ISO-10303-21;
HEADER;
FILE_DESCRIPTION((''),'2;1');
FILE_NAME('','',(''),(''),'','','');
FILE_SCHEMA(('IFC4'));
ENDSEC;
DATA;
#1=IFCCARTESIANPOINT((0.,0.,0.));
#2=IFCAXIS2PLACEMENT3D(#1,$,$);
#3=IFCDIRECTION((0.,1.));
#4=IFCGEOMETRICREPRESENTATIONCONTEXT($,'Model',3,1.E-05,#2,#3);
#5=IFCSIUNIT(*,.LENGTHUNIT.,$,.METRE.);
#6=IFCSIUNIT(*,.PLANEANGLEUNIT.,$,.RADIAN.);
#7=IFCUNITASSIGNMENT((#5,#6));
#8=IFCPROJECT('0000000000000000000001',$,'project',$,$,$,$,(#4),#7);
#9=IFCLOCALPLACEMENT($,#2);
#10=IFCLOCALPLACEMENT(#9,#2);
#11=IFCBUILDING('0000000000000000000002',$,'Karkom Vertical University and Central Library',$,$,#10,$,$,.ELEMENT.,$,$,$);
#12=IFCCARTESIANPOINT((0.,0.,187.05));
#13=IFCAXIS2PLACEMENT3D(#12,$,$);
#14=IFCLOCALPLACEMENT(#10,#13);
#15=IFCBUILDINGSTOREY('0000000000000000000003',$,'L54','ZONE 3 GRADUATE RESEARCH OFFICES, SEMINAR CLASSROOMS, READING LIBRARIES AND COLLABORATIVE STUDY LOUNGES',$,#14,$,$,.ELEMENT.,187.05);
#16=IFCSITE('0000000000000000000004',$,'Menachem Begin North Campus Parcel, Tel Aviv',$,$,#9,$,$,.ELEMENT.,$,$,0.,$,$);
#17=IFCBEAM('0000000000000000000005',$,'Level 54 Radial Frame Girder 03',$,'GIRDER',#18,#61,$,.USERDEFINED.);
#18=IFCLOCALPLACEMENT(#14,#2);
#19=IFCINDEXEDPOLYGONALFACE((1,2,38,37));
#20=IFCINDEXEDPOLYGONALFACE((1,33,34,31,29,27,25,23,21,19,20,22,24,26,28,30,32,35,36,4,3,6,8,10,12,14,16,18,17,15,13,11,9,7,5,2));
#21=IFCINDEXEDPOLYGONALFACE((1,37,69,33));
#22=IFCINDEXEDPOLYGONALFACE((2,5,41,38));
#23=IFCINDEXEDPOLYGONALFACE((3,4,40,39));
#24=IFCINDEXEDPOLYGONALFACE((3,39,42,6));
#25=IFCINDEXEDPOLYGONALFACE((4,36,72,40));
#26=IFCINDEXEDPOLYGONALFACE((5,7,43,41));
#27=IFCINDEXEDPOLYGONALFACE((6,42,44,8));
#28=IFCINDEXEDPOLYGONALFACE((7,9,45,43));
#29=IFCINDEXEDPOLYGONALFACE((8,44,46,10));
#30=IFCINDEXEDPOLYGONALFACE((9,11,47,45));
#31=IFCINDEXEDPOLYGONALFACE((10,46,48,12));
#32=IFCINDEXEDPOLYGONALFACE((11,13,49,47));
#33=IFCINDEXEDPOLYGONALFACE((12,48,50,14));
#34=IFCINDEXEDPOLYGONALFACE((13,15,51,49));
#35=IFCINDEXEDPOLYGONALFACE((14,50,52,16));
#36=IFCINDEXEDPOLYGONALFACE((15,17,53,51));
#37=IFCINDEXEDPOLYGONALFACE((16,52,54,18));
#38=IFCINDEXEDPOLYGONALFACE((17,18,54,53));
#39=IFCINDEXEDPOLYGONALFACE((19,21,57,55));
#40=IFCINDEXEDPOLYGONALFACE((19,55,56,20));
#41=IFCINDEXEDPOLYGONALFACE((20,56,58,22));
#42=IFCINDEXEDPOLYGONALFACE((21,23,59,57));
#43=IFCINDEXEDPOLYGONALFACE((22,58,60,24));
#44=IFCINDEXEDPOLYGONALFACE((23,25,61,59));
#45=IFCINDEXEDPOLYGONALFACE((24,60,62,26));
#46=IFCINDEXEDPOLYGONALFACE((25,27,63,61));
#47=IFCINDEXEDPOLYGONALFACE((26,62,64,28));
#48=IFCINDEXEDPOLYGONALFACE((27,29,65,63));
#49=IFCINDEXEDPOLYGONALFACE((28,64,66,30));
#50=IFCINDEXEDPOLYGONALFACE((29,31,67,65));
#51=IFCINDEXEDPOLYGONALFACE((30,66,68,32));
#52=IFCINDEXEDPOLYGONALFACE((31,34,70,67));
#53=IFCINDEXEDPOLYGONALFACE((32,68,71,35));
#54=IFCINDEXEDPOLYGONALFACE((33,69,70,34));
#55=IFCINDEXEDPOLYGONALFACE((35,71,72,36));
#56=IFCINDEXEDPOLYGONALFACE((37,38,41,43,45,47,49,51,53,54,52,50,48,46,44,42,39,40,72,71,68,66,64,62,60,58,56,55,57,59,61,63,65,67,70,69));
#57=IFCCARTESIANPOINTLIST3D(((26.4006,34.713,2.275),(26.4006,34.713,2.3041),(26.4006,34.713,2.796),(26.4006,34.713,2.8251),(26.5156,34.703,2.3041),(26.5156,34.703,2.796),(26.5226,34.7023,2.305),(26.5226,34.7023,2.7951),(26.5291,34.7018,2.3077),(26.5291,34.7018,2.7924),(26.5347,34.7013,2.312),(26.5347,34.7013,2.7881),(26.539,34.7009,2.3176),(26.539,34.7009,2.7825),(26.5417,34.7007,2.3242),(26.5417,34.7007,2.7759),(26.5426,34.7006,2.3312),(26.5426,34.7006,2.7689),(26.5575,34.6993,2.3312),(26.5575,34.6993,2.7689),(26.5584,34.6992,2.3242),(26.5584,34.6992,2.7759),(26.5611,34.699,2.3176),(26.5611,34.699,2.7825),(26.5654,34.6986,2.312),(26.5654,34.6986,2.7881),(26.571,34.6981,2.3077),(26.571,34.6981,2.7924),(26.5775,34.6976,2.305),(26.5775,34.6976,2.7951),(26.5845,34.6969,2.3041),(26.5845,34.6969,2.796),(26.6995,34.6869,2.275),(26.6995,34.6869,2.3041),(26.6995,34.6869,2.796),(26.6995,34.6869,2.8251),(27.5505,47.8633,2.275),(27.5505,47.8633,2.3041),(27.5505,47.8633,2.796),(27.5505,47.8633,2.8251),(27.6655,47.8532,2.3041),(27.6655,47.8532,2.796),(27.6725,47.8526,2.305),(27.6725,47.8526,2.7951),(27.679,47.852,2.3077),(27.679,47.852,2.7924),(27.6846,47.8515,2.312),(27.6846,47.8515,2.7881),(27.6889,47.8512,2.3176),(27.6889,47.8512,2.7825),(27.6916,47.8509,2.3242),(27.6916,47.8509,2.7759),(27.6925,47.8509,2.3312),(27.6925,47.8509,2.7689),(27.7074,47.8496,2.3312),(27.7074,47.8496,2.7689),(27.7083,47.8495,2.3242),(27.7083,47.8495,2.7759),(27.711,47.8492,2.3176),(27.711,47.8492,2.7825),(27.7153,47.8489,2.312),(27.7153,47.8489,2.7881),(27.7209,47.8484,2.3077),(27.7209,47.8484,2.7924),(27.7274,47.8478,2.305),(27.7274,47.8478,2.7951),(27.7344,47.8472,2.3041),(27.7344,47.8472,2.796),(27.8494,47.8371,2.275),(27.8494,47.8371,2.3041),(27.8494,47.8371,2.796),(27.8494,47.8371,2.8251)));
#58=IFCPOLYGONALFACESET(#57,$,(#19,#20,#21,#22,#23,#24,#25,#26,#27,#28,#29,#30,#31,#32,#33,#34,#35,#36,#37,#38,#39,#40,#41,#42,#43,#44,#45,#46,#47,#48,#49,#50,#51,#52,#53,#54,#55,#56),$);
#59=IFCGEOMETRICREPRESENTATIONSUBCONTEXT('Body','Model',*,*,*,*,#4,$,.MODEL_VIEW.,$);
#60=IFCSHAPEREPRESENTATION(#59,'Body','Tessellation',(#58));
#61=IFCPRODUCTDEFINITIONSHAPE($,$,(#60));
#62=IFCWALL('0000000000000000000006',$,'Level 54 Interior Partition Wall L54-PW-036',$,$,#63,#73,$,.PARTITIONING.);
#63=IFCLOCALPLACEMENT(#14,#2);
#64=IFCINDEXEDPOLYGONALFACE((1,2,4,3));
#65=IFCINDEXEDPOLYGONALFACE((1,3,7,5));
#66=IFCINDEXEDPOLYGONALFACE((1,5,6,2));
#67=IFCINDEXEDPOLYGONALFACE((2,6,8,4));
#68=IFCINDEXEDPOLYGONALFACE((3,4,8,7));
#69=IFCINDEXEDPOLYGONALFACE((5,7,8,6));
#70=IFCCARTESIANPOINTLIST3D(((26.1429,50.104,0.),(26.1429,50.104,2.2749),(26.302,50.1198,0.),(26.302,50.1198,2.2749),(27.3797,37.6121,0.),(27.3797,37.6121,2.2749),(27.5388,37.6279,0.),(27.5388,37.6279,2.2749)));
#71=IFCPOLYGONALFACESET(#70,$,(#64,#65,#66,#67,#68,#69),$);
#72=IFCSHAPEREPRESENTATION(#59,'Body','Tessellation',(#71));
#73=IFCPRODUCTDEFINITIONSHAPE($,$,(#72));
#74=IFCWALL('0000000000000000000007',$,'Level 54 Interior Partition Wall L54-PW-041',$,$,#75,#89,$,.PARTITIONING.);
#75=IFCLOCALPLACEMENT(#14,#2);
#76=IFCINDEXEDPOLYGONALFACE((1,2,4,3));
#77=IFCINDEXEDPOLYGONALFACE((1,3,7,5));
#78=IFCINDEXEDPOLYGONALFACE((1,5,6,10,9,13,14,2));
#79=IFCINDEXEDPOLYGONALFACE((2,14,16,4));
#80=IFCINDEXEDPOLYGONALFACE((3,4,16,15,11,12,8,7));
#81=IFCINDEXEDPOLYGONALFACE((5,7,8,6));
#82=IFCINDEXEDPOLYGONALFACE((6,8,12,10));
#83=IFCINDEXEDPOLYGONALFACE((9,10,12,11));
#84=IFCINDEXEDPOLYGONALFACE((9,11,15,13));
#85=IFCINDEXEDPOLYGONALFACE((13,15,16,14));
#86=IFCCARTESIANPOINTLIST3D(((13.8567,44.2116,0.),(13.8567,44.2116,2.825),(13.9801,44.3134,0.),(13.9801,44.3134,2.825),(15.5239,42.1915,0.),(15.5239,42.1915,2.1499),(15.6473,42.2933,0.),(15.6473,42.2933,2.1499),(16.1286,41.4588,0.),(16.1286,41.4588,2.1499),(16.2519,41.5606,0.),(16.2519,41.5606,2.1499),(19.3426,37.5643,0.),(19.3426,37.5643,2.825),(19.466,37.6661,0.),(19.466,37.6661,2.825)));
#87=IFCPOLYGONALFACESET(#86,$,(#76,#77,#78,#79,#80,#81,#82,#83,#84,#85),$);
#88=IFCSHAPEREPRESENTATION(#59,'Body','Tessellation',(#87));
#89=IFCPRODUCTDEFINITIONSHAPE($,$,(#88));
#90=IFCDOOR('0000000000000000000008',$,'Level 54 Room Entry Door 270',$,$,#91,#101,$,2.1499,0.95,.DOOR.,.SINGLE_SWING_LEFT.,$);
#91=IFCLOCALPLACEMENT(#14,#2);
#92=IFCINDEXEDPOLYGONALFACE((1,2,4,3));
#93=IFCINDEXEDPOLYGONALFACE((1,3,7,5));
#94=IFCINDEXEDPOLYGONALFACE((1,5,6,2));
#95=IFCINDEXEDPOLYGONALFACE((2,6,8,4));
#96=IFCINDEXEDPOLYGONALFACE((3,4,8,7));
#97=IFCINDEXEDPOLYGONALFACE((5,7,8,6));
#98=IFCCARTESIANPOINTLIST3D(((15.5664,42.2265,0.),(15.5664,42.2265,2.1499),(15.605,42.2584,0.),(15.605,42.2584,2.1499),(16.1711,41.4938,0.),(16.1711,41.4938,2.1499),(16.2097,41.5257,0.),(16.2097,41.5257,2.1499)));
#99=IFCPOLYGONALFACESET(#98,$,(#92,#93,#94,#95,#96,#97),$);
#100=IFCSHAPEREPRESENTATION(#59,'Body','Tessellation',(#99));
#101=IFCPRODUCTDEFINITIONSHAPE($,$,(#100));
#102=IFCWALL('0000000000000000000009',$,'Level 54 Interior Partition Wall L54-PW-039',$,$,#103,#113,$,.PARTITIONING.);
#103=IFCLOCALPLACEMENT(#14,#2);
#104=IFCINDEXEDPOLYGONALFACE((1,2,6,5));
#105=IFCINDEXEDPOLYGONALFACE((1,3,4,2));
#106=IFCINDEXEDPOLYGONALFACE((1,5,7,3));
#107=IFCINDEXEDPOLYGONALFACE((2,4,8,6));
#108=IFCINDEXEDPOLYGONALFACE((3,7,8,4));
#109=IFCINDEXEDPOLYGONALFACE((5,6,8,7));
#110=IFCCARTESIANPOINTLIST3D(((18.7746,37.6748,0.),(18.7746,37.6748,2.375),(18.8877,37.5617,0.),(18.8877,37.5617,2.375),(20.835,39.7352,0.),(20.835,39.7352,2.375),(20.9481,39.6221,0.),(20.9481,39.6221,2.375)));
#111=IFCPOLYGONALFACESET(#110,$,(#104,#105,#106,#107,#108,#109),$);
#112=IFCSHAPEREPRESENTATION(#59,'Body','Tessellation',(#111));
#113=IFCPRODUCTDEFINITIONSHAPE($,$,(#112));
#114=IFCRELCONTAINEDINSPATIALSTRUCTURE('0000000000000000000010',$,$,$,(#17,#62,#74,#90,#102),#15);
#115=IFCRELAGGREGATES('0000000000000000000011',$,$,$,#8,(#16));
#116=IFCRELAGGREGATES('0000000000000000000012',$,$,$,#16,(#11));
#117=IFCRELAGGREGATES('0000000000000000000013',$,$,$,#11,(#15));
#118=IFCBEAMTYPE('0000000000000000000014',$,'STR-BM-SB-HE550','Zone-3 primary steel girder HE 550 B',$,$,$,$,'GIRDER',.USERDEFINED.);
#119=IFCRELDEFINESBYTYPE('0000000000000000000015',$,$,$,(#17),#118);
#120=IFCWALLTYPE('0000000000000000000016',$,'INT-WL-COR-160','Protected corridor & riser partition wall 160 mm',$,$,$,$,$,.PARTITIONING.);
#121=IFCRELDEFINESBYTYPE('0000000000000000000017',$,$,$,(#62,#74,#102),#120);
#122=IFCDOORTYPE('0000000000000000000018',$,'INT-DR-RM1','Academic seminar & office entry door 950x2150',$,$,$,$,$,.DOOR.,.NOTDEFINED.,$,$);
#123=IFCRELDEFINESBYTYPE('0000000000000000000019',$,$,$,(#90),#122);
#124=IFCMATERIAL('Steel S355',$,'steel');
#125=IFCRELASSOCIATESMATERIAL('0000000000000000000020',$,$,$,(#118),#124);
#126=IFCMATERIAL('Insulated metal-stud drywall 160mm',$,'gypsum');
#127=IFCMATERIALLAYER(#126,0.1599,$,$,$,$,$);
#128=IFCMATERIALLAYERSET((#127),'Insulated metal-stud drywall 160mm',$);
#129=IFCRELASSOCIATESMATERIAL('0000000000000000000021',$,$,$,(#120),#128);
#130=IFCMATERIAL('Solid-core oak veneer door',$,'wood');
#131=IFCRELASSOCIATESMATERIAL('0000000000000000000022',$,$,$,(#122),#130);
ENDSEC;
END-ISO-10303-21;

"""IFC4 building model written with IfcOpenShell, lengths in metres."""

from ifc_helpers import new_model, si_unit, direction, frame, frame_2d, origin, origin_with_axes, origin_2d, place, context, subcontext, project, spatial, rectangle, i_section, extrude, source, transform, mapped, material, layer, layer_set, material_profile, profile_set, type_object, element, fill, save


model = new_model("IFC4")

# Units and contexts
model_context = context("Model", 3, precision=1e-05, world=origin(), true_north=direction((0.0, 1.0)))
body_context = subcontext(model_context, "Body", "Model", "MODEL_VIEW")
ifc_project = project(units=[si_unit("LENGTHUNIT", "METRE"), si_unit("PLANEANGLEUNIT", "RADIAN")], contexts=[model_context])

# Site, building, storey
site_placement = place(None, origin())
site = spatial("IfcSite", under=ifc_project, at=site_placement, Name="Menachem Begin North Campus Parcel, Tel Aviv", CompositionType="ELEMENT", RefElevation=0.0)
building_placement = place(site_placement, origin())
building = spatial("IfcBuilding", under=site, at=building_placement, Name="Karkom Vertical University and Central Library", CompositionType="ELEMENT")
storey_placement = place(building_placement, frame((0.0, 0.0, 187.05)))
storey = spatial("IfcBuildingStorey", under=building, at=storey_placement, Name="L54", Description="ZONE 3 GRADUATE RESEARCH OFFICES, SEMINAR CLASSROOMS, READING LIBRARIES AND COLLABORATIVE STUDY LOUNGES", CompositionType="ELEMENT", Elevation=187.05)

# Beam
ifc_material_1 = material(Name="Steel S355", Category="steel")
ifc_material_profile_1 = material_profile(ifc_material_1, i_section(OverallWidth=0.3, OverallDepth=0.55, WebThickness=0.0149, FlangeThickness=0.0291, FilletRadius=0.0271, at=origin_2d()), Name="HE 550 B")
ifc_profile_set_1 = profile_set([ifc_material_profile_1], Name="Steel S355")
beam_type_1 = type_object("IfcBeamType", Name="STR-BM-SB-HE550", Description="Zone-3 primary steel girder HE 550 B", ElementType="GIRDER", PredefinedType="USERDEFINED", material=ifc_profile_set_1)
shared_shape_1 = source(origin_with_axes(), body_context, "Body", "SweptSolid", [
    extrude(i_section(OverallWidth=0.3, OverallDepth=0.55, WebThickness=0.0149, FlangeThickness=0.0291, FilletRadius=0.0271, at=origin_2d()), origin(), (0.0, 0.0, 1.0), 13.2004),
])
beam_1_placement = place(storey_placement, frame((26.55, 34.7, 2.55), z_axis=(0.087112, 0.996199, 0.0), x_axis=(-0.996199, 0.087112, 0.0)))
element("IfcBeam", 1, at=beam_1_placement, inside=storey, type_object=beam_type_1, Name="Level 54 Radial Frame Girder 03", ObjectType="GIRDER", PredefinedType="USERDEFINED", context=body_context, shape_type="MappedRepresentation", body=[
    mapped(shared_shape_1, transform((0.0, 0.0, 0.0), scale=1.0)),
])

# Shared definitions
ifc_material_2 = material(Name="Insulated metal-stud drywall 160mm", Category="gypsum")
ifc_layer = layer(ifc_material_2, 0.1599)
ifc_layer_set = layer_set([ifc_layer], Name="Insulated metal-stud drywall 160mm")
wall_type = type_object("IfcWallType", Name="INT-WL-COR-160", Description="Protected corridor & riser partition wall 160 mm", PredefinedType="PARTITIONING", material=ifc_layer_set)
ifc_material_3 = material(Name="Solid-core oak veneer door", Category="wood")
door_type = type_object("IfcDoorType", Name="INT-DR-RM1", Description="Academic seminar & office entry door 950x2150", OperationType="NOTDEFINED", PredefinedType="DOOR", material=ifc_material_3)
shared_shape_2 = source(origin_with_axes(), body_context, "Body", "SweptSolid", [
    extrude(rectangle(XDim=0.95, YDim=2.1499, at=frame_2d((0.4751, 1.075))), frame((0.0, 0.0249, 0.0), z_axis=(0.0, -1.0, 0.0), x_axis=(1.0, 0.0, 0.0)), (0.0, 0.0, 1.0), 0.05),
])

# Wall
wall_1_placement = place(storey_placement, frame((27.4592, 37.6201, 0.0), z_axis=(0.0, 0.0, 1.0), x_axis=(-0.098527, 0.995134, 0.0)))
element("IfcWall", 2, at=wall_1_placement, inside=storey, type_object=wall_type, Name="Level 54 Interior Partition Wall L54-PW-036", PredefinedType="PARTITIONING", context=body_context, shape_type="SweptSolid", body=[
    extrude(rectangle(XDim=12.553, YDim=0.1599, at=frame_2d((6.2764, 0.0))), origin(), (0.0, 0.0, 1.0), 2.2749),
])

# Wall, opening, door
wall_2_placement = place(storey_placement, frame((19.4043, 37.6152, 0.0), z_axis=(0.0, 0.0, 1.0), x_axis=(-0.636513, 0.771266, 0.0)))
wall_2 = element("IfcWall", 3, at=wall_2_placement, inside=storey, type_object=wall_type, Name="Level 54 Interior Partition Wall L54-PW-041", PredefinedType="PARTITIONING", context=body_context, shape_type="SweptSolid", body=[
    extrude(rectangle(XDim=8.6187, YDim=0.1599, at=frame_2d((4.3093, 0.0))), origin(), (0.0, 0.0, 1.0), 2.825),
])
opening_1_placement = place(wall_2_placement, frame((5.0493, 0.0, 0.0)))
opening_1 = element("IfcOpeningElement", 4, at=opening_1_placement, cuts=wall_2, PredefinedType="OPENING", context=body_context, shape_type="SweptSolid", body=[
    extrude(rectangle(XDim=0.95, YDim=2.1499, at=frame_2d((0.4751, 1.075))), frame((0.0, 0.0898, 0.0), z_axis=(0.0, -1.0, 0.0), x_axis=(1.0, 0.0, 0.0)), (0.0, 0.0, 1.0), 0.1799),
])
door_1_placement = place(opening_1_placement, origin())
door_1 = element("IfcDoor", 5, at=door_1_placement, inside=storey, type_object=door_type, Name="Level 54 Room Entry Door 270", OperationType="SINGLE_SWING_LEFT", OverallHeight=2.1499, OverallWidth=0.95, PredefinedType="DOOR", context=body_context, shape_type="MappedRepresentation", body=[
    mapped(shared_shape_2, transform((0.0, 0.0, 0.0), scale=1.0)),
])
fill(opening_1, door_1)

# Wall
wall_3_placement = place(storey_placement, frame((18.8311, 37.6182, 0.0), z_axis=(0.0, 0.0, 1.0), x_axis=(0.707107, 0.707107, 0.0)))
element("IfcWall", 6, at=wall_3_placement, inside=storey, type_object=wall_type, Name="Level 54 Interior Partition Wall L54-PW-039", PredefinedType="PARTITIONING", context=body_context, shape_type="SweptSolid", body=[
    extrude(rectangle(XDim=2.9138, YDim=0.1599, at=frame_2d((1.457, 0.0))), origin(), (0.0, 0.0, 1.0), 2.375),
])

save(model, "model.ifc")
